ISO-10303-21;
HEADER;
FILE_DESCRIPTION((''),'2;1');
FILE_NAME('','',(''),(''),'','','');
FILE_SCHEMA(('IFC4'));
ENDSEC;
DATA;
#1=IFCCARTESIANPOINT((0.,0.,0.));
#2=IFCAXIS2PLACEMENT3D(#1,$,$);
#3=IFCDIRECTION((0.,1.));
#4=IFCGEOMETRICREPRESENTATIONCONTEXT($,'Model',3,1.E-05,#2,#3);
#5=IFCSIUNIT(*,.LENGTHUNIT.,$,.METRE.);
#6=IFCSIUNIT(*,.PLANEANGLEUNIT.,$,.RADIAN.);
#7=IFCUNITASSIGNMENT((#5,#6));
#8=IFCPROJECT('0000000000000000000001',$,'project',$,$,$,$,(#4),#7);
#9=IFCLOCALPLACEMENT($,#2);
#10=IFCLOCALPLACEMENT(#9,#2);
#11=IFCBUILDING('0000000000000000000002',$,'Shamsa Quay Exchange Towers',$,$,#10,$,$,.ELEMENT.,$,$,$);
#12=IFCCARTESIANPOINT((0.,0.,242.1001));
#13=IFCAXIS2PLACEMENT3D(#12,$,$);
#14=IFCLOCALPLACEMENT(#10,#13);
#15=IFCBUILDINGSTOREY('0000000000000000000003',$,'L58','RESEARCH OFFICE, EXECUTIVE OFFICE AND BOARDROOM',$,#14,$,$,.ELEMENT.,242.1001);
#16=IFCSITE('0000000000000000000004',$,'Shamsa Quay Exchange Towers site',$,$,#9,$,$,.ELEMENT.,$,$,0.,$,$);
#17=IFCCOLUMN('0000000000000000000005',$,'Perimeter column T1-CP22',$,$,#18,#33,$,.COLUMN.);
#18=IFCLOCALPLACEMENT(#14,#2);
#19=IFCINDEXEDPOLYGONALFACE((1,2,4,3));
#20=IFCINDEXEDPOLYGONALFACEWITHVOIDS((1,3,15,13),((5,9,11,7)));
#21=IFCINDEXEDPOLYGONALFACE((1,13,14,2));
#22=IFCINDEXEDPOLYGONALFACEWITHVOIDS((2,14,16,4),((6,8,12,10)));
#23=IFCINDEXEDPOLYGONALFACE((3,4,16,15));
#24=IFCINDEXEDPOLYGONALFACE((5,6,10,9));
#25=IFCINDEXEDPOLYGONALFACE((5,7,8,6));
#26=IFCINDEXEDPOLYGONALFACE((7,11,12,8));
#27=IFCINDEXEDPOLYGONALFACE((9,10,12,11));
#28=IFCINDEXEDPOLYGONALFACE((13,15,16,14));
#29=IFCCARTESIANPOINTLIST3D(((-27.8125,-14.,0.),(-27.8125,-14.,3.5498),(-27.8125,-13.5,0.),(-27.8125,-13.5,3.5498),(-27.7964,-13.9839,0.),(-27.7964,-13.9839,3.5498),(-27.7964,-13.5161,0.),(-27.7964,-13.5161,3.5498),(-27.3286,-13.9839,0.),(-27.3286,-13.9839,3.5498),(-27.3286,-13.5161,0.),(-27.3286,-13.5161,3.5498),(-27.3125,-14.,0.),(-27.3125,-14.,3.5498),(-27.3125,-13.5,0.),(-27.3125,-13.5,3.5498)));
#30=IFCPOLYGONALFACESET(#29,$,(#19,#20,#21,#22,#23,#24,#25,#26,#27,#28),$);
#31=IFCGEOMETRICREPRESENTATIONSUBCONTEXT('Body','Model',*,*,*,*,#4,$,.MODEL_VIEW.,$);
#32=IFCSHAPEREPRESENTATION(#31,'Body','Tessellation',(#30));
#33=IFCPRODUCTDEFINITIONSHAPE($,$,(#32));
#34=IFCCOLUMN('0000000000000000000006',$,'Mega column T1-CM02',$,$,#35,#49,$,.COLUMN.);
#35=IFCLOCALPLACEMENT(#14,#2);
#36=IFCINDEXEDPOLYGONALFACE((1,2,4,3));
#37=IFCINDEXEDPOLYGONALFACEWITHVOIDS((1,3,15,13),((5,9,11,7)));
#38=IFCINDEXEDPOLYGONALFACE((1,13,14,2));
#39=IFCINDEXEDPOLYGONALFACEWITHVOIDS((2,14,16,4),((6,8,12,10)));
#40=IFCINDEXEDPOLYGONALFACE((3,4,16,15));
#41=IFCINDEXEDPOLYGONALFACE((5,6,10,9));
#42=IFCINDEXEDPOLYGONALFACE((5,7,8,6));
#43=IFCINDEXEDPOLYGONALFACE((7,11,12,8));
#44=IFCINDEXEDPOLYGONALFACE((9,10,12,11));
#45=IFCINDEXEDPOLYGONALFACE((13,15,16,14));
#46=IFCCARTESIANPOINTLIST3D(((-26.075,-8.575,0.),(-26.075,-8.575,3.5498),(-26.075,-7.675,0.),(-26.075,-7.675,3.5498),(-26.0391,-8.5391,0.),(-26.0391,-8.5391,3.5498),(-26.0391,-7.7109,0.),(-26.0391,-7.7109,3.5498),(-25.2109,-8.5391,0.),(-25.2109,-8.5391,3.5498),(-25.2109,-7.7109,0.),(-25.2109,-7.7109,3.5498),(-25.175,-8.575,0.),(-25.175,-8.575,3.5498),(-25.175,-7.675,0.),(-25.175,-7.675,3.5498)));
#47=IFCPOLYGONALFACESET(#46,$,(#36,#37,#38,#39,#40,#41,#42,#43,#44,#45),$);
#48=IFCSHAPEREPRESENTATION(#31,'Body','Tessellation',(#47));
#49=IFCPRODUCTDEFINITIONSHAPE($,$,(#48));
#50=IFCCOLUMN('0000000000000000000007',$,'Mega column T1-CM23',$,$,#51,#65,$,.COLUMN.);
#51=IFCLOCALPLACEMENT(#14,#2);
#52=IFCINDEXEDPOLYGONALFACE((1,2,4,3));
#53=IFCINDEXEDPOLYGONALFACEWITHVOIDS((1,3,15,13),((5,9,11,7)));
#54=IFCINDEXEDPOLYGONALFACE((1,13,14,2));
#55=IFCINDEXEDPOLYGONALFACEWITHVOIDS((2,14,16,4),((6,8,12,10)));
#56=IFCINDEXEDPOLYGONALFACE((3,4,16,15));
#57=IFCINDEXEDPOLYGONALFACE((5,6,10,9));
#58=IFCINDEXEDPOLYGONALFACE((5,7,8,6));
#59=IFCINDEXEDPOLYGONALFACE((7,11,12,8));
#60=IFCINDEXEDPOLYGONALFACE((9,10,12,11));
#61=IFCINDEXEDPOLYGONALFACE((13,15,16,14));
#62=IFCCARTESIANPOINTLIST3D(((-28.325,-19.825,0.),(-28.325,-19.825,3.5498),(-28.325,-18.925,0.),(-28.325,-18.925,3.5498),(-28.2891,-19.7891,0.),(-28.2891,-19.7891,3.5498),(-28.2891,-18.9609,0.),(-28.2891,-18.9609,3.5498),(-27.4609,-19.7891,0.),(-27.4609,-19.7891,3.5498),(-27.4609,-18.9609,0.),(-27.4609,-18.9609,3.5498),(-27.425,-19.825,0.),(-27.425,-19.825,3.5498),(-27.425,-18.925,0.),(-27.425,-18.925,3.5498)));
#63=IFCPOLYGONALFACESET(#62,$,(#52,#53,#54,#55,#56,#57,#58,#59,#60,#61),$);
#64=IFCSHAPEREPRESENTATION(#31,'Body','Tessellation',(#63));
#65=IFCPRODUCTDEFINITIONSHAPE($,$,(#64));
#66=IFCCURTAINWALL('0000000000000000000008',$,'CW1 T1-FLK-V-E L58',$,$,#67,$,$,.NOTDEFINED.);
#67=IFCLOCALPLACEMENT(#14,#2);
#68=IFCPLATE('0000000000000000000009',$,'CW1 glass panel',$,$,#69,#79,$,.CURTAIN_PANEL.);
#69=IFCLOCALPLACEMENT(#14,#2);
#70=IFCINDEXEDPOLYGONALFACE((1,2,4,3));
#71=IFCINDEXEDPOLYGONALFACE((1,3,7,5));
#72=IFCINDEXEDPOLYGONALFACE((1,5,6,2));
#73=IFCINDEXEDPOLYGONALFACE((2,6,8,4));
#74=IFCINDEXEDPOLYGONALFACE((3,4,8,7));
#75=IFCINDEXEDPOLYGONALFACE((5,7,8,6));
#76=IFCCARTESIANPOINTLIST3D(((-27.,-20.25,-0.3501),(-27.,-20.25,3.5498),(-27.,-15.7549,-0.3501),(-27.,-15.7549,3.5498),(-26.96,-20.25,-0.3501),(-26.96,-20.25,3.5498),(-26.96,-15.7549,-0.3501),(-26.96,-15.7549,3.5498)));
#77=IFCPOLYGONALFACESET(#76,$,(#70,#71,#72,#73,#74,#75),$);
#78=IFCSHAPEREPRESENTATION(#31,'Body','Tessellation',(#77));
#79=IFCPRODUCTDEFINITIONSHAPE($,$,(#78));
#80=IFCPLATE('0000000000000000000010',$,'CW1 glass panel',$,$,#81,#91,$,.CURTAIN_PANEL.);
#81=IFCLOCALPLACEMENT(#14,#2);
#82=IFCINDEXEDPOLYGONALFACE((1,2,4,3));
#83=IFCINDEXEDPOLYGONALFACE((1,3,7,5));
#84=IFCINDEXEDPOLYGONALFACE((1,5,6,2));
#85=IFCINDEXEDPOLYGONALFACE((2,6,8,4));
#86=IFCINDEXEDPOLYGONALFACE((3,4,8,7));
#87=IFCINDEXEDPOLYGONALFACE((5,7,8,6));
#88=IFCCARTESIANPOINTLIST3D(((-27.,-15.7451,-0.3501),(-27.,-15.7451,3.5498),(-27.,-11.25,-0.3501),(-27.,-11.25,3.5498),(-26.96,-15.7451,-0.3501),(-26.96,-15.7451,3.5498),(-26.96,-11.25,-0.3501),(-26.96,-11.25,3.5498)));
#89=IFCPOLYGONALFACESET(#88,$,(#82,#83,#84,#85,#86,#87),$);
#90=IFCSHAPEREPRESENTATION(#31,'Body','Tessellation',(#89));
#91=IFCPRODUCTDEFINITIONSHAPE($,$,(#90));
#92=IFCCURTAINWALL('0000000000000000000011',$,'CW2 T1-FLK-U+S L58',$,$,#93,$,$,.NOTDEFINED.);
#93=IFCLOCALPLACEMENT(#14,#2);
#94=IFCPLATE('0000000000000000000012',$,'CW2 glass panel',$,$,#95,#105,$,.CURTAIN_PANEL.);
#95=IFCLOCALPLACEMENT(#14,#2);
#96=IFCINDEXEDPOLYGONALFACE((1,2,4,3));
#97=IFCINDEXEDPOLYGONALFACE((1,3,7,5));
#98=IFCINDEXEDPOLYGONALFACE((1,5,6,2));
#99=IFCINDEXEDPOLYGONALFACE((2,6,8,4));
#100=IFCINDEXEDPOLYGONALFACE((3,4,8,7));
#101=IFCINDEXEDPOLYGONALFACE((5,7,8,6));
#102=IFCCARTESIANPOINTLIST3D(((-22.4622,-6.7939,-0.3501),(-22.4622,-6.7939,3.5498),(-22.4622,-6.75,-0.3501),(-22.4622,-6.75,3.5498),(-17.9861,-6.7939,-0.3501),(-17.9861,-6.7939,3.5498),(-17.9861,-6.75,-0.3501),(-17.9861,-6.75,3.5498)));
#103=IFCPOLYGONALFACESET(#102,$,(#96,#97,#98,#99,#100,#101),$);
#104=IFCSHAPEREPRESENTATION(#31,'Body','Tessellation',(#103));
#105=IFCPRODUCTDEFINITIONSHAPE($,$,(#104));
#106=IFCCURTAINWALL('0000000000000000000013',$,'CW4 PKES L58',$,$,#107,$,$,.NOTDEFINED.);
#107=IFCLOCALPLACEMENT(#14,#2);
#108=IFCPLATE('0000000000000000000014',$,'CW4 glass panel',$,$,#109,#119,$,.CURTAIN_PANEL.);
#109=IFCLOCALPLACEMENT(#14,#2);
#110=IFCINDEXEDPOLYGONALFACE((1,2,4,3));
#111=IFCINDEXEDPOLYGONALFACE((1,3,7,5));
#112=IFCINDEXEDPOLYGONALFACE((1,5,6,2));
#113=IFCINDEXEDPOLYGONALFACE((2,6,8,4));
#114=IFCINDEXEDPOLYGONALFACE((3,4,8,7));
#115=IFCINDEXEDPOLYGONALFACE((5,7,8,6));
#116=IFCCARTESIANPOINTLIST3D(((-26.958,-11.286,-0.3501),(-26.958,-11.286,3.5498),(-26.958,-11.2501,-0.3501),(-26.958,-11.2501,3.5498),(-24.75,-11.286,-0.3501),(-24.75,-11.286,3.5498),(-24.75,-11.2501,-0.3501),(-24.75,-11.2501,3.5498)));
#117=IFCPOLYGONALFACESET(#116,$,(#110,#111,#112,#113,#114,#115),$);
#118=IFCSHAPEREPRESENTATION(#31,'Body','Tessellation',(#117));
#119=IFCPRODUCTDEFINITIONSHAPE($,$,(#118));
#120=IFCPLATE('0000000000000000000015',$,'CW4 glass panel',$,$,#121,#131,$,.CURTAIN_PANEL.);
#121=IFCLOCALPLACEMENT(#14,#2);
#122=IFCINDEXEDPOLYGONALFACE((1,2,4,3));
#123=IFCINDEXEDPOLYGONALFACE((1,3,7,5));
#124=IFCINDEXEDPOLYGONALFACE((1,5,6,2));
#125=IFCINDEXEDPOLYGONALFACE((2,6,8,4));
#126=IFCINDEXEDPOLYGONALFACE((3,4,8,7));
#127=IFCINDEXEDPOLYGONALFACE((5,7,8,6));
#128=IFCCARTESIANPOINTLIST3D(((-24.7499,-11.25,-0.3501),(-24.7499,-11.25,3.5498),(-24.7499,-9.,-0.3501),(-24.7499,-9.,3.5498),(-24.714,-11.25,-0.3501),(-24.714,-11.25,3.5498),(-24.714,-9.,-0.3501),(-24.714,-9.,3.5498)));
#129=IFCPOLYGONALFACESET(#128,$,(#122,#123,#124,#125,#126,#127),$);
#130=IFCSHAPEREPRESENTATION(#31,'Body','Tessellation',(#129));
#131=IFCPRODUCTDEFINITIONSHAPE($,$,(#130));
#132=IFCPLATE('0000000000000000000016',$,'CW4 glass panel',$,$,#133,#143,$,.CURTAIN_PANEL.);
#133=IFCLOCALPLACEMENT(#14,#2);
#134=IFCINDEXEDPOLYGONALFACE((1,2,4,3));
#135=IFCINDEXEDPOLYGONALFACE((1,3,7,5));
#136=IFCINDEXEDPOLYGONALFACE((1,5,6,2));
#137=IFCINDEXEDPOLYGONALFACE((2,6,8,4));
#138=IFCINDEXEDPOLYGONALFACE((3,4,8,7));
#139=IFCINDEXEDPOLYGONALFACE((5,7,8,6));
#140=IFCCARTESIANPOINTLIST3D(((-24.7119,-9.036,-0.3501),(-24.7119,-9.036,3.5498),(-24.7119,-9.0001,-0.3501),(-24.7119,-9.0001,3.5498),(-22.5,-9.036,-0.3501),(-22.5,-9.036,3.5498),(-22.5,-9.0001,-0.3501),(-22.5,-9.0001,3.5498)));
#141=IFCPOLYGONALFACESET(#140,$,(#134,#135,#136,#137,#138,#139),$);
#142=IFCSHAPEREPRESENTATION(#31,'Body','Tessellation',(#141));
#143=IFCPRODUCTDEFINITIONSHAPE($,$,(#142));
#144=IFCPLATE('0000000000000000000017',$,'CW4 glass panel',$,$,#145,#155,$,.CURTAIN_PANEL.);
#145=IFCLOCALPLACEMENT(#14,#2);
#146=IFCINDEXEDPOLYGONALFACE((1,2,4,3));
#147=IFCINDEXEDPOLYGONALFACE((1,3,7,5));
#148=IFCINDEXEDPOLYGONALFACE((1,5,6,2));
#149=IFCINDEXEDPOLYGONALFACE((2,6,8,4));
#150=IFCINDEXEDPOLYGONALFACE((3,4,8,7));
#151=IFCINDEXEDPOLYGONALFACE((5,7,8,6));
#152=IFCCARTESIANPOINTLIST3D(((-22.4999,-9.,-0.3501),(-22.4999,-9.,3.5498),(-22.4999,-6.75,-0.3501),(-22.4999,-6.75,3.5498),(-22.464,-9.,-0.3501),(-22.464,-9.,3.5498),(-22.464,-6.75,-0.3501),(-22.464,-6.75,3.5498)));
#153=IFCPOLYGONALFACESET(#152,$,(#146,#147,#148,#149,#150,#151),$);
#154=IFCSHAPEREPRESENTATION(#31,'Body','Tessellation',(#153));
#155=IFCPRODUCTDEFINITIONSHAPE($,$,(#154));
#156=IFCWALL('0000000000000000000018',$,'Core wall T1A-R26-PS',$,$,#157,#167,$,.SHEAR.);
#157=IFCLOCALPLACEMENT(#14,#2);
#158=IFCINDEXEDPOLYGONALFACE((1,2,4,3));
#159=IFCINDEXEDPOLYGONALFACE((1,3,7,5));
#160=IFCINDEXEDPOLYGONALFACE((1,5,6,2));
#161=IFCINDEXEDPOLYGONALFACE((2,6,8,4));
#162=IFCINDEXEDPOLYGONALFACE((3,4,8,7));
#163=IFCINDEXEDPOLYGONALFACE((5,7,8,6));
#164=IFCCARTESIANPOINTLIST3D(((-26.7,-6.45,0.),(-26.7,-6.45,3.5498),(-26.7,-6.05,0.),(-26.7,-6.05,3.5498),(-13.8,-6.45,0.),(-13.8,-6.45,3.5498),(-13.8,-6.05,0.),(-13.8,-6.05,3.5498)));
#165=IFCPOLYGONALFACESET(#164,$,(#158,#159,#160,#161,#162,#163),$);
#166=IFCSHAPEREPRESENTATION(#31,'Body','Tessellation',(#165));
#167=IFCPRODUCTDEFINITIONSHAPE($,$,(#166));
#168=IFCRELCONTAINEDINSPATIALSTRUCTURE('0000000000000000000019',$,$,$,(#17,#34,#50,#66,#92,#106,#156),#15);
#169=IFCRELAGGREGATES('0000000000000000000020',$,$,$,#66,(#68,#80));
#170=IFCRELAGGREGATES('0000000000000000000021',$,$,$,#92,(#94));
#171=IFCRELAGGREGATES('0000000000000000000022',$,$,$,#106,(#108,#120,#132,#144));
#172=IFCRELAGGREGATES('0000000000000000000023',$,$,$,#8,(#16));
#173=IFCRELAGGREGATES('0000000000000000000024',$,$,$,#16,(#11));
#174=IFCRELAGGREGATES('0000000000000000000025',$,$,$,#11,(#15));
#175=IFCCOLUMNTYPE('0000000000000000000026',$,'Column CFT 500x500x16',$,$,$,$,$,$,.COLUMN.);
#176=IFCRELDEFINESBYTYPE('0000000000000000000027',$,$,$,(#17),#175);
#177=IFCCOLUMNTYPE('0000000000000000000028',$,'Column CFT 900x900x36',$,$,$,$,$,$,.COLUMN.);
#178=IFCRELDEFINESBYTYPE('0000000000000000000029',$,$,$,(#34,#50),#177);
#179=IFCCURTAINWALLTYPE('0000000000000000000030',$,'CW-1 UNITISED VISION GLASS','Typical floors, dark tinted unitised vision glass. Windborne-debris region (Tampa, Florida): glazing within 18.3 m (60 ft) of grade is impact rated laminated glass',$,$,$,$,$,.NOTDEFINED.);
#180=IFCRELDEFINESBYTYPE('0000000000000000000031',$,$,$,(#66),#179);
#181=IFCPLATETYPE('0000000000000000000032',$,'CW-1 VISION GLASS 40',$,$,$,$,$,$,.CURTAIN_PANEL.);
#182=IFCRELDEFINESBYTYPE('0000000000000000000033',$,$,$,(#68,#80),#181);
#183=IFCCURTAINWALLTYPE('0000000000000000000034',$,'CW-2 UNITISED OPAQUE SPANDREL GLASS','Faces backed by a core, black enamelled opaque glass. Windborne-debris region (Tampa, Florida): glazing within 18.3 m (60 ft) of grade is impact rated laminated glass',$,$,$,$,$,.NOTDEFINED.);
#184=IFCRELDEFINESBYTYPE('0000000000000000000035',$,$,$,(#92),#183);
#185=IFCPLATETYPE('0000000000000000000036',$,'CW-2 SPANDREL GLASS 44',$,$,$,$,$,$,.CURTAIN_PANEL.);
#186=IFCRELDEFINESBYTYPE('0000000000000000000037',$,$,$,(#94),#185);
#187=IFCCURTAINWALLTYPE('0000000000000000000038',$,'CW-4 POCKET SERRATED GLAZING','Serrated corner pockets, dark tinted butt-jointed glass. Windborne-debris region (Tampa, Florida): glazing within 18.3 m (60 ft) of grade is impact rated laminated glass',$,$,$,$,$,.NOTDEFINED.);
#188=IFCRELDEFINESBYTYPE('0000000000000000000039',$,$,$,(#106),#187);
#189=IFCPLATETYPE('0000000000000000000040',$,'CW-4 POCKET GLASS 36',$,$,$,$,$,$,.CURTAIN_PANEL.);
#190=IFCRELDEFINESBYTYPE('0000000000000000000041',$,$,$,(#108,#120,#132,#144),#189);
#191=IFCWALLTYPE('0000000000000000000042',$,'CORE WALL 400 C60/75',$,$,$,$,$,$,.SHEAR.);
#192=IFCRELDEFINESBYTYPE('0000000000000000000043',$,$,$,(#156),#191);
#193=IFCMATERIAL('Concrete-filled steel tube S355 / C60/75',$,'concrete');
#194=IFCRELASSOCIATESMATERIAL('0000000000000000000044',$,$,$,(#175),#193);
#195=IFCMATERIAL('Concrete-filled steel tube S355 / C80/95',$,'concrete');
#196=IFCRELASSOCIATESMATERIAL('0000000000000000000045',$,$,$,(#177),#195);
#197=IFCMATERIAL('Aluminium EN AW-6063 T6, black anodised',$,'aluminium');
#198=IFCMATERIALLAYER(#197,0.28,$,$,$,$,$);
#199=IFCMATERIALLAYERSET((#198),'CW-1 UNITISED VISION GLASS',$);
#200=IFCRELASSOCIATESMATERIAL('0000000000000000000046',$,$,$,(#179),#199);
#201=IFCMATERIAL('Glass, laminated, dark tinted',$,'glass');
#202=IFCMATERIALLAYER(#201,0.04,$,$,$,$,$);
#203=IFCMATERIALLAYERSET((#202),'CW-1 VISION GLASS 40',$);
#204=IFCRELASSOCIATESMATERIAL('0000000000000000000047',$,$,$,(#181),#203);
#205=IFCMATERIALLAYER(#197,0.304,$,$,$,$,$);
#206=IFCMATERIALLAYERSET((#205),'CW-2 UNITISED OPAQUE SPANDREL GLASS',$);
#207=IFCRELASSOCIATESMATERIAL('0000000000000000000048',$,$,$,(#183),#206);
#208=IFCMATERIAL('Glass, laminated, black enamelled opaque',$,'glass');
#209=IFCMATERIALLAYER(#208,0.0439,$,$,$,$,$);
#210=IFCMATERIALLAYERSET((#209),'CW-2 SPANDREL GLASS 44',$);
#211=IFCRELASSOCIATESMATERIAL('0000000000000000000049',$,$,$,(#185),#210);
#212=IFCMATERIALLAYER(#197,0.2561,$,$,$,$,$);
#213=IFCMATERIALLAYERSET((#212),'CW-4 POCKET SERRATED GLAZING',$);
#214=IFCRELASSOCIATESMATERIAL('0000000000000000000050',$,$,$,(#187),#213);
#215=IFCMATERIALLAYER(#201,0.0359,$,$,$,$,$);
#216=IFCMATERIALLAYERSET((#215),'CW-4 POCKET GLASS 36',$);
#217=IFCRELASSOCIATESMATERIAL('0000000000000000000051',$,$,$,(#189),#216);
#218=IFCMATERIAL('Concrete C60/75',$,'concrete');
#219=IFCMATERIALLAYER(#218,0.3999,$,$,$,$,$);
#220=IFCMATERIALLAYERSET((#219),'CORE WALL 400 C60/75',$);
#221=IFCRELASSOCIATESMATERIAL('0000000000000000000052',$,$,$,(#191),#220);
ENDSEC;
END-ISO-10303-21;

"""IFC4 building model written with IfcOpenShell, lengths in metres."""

from ifc_helpers import new_model, si_unit, direction, frame, frame_2d, origin, origin_2d, place, context, subcontext, project, spatial, rectangle, hollow_rectangle, extrude, material, layer, layer_set, material_profile, profile_set, type_object, element, aggregate, save


model = new_model("IFC4")

# Units and contexts
model_context = context("Model", 3, precision=1e-05, world=origin(), true_north=direction((0.0, 1.0)))
body_context = subcontext(model_context, "Body", "Model", "MODEL_VIEW")
ifc_project = project(units=[si_unit("LENGTHUNIT", "METRE"), si_unit("PLANEANGLEUNIT", "RADIAN")], contexts=[model_context])

# Site, building, storey
site_placement = place(None, origin())
site = spatial("IfcSite", under=ifc_project, at=site_placement, Name="Shamsa Quay Exchange Towers site", CompositionType="ELEMENT", RefElevation=0.0)
building_placement = place(site_placement, origin())
building = spatial("IfcBuilding", under=site, at=building_placement, Name="Shamsa Quay Exchange Towers", CompositionType="ELEMENT")
storey_placement = place(building_placement, frame((0.0, 0.0, 242.1001)))
storey = spatial("IfcBuildingStorey", under=building, at=storey_placement, Name="L58", Description="RESEARCH OFFICE, EXECUTIVE OFFICE AND BOARDROOM", CompositionType="ELEMENT", Elevation=242.1001)

# Columns
ifc_material_1 = material(Name="Concrete-filled steel tube S355 / C60/75", Category="concrete")
ifc_material_profile_1 = material_profile(ifc_material_1, hollow_rectangle(XDim=0.5, YDim=0.5, WallThickness=0.0161, at=origin_2d()), Name="CFT 500x500x16")
ifc_profile_set_1 = profile_set([ifc_material_profile_1], Name="Concrete-filled steel tube S355 / C60/75")
column_type_1 = type_object("IfcColumnType", Name="Column CFT 500x500x16", PredefinedType="COLUMN", material=ifc_profile_set_1)
column_placement = place(storey_placement, frame((-27.5625, -13.75, 0.0)))
element("IfcColumn", 1, at=column_placement, inside=storey, type_object=column_type_1, Name="Perimeter column T1-CP22", PredefinedType="COLUMN", context=body_context, shape_type="SweptSolid", body=[
    extrude(hollow_rectangle(XDim=0.5, YDim=0.5, WallThickness=0.0161, at=origin_2d()), origin(), (0.0, 0.0, 1.0), 3.5498),
])
ifc_material_2 = material(Name="Concrete-filled steel tube S355 / C80/95", Category="concrete")
ifc_material_profile_2 = material_profile(ifc_material_2, hollow_rectangle(XDim=0.8999, YDim=0.8999, WallThickness=0.0359, at=origin_2d()), Name="CFT 900x900x36")
ifc_profile_set_2 = profile_set([ifc_material_profile_2], Name="Concrete-filled steel tube S355 / C80/95")
column_type_2 = type_object("IfcColumnType", Name="Column CFT 900x900x36", PredefinedType="COLUMN", material=ifc_profile_set_2)
for number, where, name in (
    (2, (-25.625, -8.125, 0.0), "Mega column T1-CM02"),
    (3, (-27.875, -19.375, 0.0), "Mega column T1-CM23"),
):
    element("IfcColumn", number, at=place(storey_placement, frame(where)), inside=storey, type_object=column_type_2, Name=name, PredefinedType="COLUMN", context=body_context, shape_type="SweptSolid", body=[
        extrude(hollow_rectangle(XDim=0.8999, YDim=0.8999, WallThickness=0.0359, at=origin_2d()), origin(), (0.0, 0.0, 1.0), 3.5498),
    ])

# Curtain wall, plates
ifc_material_3 = material(Name="Aluminium EN AW-6063 T6, black anodised", Category="aluminium")
ifc_layer_1 = layer(ifc_material_3, 0.28)
ifc_layer_set_1 = layer_set([ifc_layer_1], Name="CW-1 UNITISED VISION GLASS")
curtain_wall_type_1 = type_object("IfcCurtainWallType", Name="CW-1 UNITISED VISION GLASS", Description="Typical floors, dark tinted unitised vision glass. Windborne-debris region (Tampa, Florida): glazing within 18.3 m (60 ft) of grade is impact rated laminated glass", PredefinedType="NOTDEFINED", material=ifc_layer_set_1)
curtain_wall_1_placement = place(storey_placement, origin())
curtain_wall_1 = element("IfcCurtainWall", 4, at=curtain_wall_1_placement, inside=storey, type_object=curtain_wall_type_1, Name="CW1 T1-FLK-V-E L58", PredefinedType="NOTDEFINED")
ifc_material_4 = material(Name="Glass, laminated, dark tinted", Category="glass")
ifc_layer_2 = layer(ifc_material_4, 0.04)
ifc_layer_set_2 = layer_set([ifc_layer_2], Name="CW-1 VISION GLASS 40")
plate_type_1 = type_object("IfcPlateType", Name="CW-1 VISION GLASS 40", PredefinedType="CURTAIN_PANEL", material=ifc_layer_set_2)
plate_1_placement = place(storey_placement, frame((-26.98, -18.0024, -0.3501), z_axis=(0.0, 0.0, 1.0), x_axis=(0.0, 1.0, 0.0)))
plate_1 = element("IfcPlate", 5, at=plate_1_placement, type_object=plate_type_1, Name="CW1 glass panel", PredefinedType="CURTAIN_PANEL", context=body_context, shape_type="SweptSolid", body=[
    extrude(rectangle(XDim=4.4951, YDim=0.04, at=origin_2d()), origin(), (0.0, 0.0, 1.0), 3.8999),
])
plate_2_placement = place(storey_placement, frame((-26.98, -13.4976, -0.3501), z_axis=(0.0, 0.0, 1.0), x_axis=(0.0, 1.0, 0.0)))
plate_2 = element("IfcPlate", 6, at=plate_2_placement, type_object=plate_type_1, Name="CW1 glass panel", PredefinedType="CURTAIN_PANEL", context=body_context, shape_type="SweptSolid", body=[
    extrude(rectangle(XDim=4.4951, YDim=0.04, at=origin_2d()), origin(), (0.0, 0.0, 1.0), 3.8999),
])
aggregate(curtain_wall_1, [plate_1, plate_2])

# Curtain wall, plate
ifc_layer_3 = layer(ifc_material_3, 0.304)
ifc_layer_set_3 = layer_set([ifc_layer_3], Name="CW-2 UNITISED OPAQUE SPANDREL GLASS")
curtain_wall_type_2 = type_object("IfcCurtainWallType", Name="CW-2 UNITISED OPAQUE SPANDREL GLASS", Description="Faces backed by a core, black enamelled opaque glass. Windborne-debris region (Tampa, Florida): glazing within 18.3 m (60 ft) of grade is impact rated laminated glass", PredefinedType="NOTDEFINED", material=ifc_layer_set_3)
curtain_wall_2_placement = place(storey_placement, origin())
curtain_wall_2 = element("IfcCurtainWall", 7, at=curtain_wall_2_placement, inside=storey, type_object=curtain_wall_type_2, Name="CW2 T1-FLK-U+S L58", PredefinedType="NOTDEFINED")
ifc_material_5 = material(Name="Glass, laminated, black enamelled opaque", Category="glass")
ifc_layer_4 = layer(ifc_material_5, 0.0439)
ifc_layer_set_4 = layer_set([ifc_layer_4], Name="CW-2 SPANDREL GLASS 44")
plate_type_2 = type_object("IfcPlateType", Name="CW-2 SPANDREL GLASS 44", PredefinedType="CURTAIN_PANEL", material=ifc_layer_set_4)
plate_3_placement = place(storey_placement, frame((-20.2241, -6.772, -0.3501)))
plate_3 = element("IfcPlate", 8, at=plate_3_placement, type_object=plate_type_2, Name="CW2 glass panel", PredefinedType="CURTAIN_PANEL", context=body_context, shape_type="SweptSolid", body=[
    extrude(rectangle(XDim=4.4761, YDim=0.0439, at=origin_2d()), origin(), (0.0, 0.0, 1.0), 3.8999),
])
aggregate(curtain_wall_2, [plate_3])

# Curtain wall, plates
ifc_layer_5 = layer(ifc_material_3, 0.2561)
ifc_layer_set_5 = layer_set([ifc_layer_5], Name="CW-4 POCKET SERRATED GLAZING")
curtain_wall_type_3 = type_object("IfcCurtainWallType", Name="CW-4 POCKET SERRATED GLAZING", Description="Serrated corner pockets, dark tinted butt-jointed glass. Windborne-debris region (Tampa, Florida): glazing within 18.3 m (60 ft) of grade is impact rated laminated glass", PredefinedType="NOTDEFINED", material=ifc_layer_set_5)
curtain_wall_3_placement = place(storey_placement, origin())
curtain_wall_3 = element("IfcCurtainWall", 9, at=curtain_wall_3_placement, inside=storey, type_object=curtain_wall_type_3, Name="CW4 PKES L58", PredefinedType="NOTDEFINED")
ifc_layer_6 = layer(ifc_material_4, 0.0359)
ifc_layer_set_6 = layer_set([ifc_layer_6], Name="CW-4 POCKET GLASS 36")
plate_type_3 = type_object("IfcPlateType", Name="CW-4 POCKET GLASS 36", PredefinedType="CURTAIN_PANEL", material=ifc_layer_set_6)
plate_4_placement = place(storey_placement, frame((-25.854, -11.2681, -0.3501)))
plate_4 = element("IfcPlate", 10, at=plate_4_placement, type_object=plate_type_3, Name="CW4 glass panel", PredefinedType="CURTAIN_PANEL", context=body_context, shape_type="SweptSolid", body=[
    extrude(rectangle(XDim=2.208, YDim=0.0359, at=origin_2d()), origin(), (0.0, 0.0, 1.0), 3.8999),
])
plate_5_placement = place(storey_placement, frame((-24.7319, -10.125, -0.3501), z_axis=(0.0, 0.0, 1.0), x_axis=(0.0, 1.0, 0.0)))
plate_5 = element("IfcPlate", 11, at=plate_5_placement, type_object=plate_type_3, Name="CW4 glass panel", PredefinedType="CURTAIN_PANEL", context=body_context, shape_type="SweptSolid", body=[
    extrude(rectangle(XDim=2.25, YDim=0.0359, at=origin_2d()), origin(), (0.0, 0.0, 1.0), 3.8999),
])
plate_6_placement = place(storey_placement, frame((-23.606, -9.0181, -0.3501)))
plate_6 = element("IfcPlate", 12, at=plate_6_placement, type_object=plate_type_3, Name="CW4 glass panel", PredefinedType="CURTAIN_PANEL", context=body_context, shape_type="SweptSolid", body=[
    extrude(rectangle(XDim=2.2119, YDim=0.0359, at=origin_2d()), origin(), (0.0, 0.0, 1.0), 3.8999),
])
plate_7_placement = place(storey_placement, frame((-22.4819, -7.875, -0.3501), z_axis=(0.0, 0.0, 1.0), x_axis=(0.0, 1.0, 0.0)))
plate_7 = element("IfcPlate", 13, at=plate_7_placement, type_object=plate_type_3, Name="CW4 glass panel", PredefinedType="CURTAIN_PANEL", context=body_context, shape_type="SweptSolid", body=[
    extrude(rectangle(XDim=2.25, YDim=0.0359, at=origin_2d()), origin(), (0.0, 0.0, 1.0), 3.8999),
])
aggregate(curtain_wall_3, [plate_4, plate_5, plate_6, plate_7])

# Wall
ifc_material_6 = material(Name="Concrete C60/75", Category="concrete")
ifc_layer_7 = layer(ifc_material_6, 0.3999)
ifc_layer_set_7 = layer_set([ifc_layer_7], Name="CORE WALL 400 C60/75")
wall_type_1 = type_object("IfcWallType", Name="CORE WALL 400 C60/75", PredefinedType="SHEAR", material=ifc_layer_set_7)
wall_1_placement = place(storey_placement, frame((-26.7, -6.25, 0.0)))
element("IfcWall", 14, at=wall_1_placement, inside=storey, type_object=wall_type_1, Name="Core wall T1A-R26-PS", PredefinedType="SHEAR", context=body_context, shape_type="SweptSolid", body=[
    extrude(rectangle(XDim=12.8999, YDim=0.3999, at=frame_2d((6.45, 0.0))), origin(), (0.0, 0.0, 1.0), 3.5498),
])

save(model, "model.ifc")
